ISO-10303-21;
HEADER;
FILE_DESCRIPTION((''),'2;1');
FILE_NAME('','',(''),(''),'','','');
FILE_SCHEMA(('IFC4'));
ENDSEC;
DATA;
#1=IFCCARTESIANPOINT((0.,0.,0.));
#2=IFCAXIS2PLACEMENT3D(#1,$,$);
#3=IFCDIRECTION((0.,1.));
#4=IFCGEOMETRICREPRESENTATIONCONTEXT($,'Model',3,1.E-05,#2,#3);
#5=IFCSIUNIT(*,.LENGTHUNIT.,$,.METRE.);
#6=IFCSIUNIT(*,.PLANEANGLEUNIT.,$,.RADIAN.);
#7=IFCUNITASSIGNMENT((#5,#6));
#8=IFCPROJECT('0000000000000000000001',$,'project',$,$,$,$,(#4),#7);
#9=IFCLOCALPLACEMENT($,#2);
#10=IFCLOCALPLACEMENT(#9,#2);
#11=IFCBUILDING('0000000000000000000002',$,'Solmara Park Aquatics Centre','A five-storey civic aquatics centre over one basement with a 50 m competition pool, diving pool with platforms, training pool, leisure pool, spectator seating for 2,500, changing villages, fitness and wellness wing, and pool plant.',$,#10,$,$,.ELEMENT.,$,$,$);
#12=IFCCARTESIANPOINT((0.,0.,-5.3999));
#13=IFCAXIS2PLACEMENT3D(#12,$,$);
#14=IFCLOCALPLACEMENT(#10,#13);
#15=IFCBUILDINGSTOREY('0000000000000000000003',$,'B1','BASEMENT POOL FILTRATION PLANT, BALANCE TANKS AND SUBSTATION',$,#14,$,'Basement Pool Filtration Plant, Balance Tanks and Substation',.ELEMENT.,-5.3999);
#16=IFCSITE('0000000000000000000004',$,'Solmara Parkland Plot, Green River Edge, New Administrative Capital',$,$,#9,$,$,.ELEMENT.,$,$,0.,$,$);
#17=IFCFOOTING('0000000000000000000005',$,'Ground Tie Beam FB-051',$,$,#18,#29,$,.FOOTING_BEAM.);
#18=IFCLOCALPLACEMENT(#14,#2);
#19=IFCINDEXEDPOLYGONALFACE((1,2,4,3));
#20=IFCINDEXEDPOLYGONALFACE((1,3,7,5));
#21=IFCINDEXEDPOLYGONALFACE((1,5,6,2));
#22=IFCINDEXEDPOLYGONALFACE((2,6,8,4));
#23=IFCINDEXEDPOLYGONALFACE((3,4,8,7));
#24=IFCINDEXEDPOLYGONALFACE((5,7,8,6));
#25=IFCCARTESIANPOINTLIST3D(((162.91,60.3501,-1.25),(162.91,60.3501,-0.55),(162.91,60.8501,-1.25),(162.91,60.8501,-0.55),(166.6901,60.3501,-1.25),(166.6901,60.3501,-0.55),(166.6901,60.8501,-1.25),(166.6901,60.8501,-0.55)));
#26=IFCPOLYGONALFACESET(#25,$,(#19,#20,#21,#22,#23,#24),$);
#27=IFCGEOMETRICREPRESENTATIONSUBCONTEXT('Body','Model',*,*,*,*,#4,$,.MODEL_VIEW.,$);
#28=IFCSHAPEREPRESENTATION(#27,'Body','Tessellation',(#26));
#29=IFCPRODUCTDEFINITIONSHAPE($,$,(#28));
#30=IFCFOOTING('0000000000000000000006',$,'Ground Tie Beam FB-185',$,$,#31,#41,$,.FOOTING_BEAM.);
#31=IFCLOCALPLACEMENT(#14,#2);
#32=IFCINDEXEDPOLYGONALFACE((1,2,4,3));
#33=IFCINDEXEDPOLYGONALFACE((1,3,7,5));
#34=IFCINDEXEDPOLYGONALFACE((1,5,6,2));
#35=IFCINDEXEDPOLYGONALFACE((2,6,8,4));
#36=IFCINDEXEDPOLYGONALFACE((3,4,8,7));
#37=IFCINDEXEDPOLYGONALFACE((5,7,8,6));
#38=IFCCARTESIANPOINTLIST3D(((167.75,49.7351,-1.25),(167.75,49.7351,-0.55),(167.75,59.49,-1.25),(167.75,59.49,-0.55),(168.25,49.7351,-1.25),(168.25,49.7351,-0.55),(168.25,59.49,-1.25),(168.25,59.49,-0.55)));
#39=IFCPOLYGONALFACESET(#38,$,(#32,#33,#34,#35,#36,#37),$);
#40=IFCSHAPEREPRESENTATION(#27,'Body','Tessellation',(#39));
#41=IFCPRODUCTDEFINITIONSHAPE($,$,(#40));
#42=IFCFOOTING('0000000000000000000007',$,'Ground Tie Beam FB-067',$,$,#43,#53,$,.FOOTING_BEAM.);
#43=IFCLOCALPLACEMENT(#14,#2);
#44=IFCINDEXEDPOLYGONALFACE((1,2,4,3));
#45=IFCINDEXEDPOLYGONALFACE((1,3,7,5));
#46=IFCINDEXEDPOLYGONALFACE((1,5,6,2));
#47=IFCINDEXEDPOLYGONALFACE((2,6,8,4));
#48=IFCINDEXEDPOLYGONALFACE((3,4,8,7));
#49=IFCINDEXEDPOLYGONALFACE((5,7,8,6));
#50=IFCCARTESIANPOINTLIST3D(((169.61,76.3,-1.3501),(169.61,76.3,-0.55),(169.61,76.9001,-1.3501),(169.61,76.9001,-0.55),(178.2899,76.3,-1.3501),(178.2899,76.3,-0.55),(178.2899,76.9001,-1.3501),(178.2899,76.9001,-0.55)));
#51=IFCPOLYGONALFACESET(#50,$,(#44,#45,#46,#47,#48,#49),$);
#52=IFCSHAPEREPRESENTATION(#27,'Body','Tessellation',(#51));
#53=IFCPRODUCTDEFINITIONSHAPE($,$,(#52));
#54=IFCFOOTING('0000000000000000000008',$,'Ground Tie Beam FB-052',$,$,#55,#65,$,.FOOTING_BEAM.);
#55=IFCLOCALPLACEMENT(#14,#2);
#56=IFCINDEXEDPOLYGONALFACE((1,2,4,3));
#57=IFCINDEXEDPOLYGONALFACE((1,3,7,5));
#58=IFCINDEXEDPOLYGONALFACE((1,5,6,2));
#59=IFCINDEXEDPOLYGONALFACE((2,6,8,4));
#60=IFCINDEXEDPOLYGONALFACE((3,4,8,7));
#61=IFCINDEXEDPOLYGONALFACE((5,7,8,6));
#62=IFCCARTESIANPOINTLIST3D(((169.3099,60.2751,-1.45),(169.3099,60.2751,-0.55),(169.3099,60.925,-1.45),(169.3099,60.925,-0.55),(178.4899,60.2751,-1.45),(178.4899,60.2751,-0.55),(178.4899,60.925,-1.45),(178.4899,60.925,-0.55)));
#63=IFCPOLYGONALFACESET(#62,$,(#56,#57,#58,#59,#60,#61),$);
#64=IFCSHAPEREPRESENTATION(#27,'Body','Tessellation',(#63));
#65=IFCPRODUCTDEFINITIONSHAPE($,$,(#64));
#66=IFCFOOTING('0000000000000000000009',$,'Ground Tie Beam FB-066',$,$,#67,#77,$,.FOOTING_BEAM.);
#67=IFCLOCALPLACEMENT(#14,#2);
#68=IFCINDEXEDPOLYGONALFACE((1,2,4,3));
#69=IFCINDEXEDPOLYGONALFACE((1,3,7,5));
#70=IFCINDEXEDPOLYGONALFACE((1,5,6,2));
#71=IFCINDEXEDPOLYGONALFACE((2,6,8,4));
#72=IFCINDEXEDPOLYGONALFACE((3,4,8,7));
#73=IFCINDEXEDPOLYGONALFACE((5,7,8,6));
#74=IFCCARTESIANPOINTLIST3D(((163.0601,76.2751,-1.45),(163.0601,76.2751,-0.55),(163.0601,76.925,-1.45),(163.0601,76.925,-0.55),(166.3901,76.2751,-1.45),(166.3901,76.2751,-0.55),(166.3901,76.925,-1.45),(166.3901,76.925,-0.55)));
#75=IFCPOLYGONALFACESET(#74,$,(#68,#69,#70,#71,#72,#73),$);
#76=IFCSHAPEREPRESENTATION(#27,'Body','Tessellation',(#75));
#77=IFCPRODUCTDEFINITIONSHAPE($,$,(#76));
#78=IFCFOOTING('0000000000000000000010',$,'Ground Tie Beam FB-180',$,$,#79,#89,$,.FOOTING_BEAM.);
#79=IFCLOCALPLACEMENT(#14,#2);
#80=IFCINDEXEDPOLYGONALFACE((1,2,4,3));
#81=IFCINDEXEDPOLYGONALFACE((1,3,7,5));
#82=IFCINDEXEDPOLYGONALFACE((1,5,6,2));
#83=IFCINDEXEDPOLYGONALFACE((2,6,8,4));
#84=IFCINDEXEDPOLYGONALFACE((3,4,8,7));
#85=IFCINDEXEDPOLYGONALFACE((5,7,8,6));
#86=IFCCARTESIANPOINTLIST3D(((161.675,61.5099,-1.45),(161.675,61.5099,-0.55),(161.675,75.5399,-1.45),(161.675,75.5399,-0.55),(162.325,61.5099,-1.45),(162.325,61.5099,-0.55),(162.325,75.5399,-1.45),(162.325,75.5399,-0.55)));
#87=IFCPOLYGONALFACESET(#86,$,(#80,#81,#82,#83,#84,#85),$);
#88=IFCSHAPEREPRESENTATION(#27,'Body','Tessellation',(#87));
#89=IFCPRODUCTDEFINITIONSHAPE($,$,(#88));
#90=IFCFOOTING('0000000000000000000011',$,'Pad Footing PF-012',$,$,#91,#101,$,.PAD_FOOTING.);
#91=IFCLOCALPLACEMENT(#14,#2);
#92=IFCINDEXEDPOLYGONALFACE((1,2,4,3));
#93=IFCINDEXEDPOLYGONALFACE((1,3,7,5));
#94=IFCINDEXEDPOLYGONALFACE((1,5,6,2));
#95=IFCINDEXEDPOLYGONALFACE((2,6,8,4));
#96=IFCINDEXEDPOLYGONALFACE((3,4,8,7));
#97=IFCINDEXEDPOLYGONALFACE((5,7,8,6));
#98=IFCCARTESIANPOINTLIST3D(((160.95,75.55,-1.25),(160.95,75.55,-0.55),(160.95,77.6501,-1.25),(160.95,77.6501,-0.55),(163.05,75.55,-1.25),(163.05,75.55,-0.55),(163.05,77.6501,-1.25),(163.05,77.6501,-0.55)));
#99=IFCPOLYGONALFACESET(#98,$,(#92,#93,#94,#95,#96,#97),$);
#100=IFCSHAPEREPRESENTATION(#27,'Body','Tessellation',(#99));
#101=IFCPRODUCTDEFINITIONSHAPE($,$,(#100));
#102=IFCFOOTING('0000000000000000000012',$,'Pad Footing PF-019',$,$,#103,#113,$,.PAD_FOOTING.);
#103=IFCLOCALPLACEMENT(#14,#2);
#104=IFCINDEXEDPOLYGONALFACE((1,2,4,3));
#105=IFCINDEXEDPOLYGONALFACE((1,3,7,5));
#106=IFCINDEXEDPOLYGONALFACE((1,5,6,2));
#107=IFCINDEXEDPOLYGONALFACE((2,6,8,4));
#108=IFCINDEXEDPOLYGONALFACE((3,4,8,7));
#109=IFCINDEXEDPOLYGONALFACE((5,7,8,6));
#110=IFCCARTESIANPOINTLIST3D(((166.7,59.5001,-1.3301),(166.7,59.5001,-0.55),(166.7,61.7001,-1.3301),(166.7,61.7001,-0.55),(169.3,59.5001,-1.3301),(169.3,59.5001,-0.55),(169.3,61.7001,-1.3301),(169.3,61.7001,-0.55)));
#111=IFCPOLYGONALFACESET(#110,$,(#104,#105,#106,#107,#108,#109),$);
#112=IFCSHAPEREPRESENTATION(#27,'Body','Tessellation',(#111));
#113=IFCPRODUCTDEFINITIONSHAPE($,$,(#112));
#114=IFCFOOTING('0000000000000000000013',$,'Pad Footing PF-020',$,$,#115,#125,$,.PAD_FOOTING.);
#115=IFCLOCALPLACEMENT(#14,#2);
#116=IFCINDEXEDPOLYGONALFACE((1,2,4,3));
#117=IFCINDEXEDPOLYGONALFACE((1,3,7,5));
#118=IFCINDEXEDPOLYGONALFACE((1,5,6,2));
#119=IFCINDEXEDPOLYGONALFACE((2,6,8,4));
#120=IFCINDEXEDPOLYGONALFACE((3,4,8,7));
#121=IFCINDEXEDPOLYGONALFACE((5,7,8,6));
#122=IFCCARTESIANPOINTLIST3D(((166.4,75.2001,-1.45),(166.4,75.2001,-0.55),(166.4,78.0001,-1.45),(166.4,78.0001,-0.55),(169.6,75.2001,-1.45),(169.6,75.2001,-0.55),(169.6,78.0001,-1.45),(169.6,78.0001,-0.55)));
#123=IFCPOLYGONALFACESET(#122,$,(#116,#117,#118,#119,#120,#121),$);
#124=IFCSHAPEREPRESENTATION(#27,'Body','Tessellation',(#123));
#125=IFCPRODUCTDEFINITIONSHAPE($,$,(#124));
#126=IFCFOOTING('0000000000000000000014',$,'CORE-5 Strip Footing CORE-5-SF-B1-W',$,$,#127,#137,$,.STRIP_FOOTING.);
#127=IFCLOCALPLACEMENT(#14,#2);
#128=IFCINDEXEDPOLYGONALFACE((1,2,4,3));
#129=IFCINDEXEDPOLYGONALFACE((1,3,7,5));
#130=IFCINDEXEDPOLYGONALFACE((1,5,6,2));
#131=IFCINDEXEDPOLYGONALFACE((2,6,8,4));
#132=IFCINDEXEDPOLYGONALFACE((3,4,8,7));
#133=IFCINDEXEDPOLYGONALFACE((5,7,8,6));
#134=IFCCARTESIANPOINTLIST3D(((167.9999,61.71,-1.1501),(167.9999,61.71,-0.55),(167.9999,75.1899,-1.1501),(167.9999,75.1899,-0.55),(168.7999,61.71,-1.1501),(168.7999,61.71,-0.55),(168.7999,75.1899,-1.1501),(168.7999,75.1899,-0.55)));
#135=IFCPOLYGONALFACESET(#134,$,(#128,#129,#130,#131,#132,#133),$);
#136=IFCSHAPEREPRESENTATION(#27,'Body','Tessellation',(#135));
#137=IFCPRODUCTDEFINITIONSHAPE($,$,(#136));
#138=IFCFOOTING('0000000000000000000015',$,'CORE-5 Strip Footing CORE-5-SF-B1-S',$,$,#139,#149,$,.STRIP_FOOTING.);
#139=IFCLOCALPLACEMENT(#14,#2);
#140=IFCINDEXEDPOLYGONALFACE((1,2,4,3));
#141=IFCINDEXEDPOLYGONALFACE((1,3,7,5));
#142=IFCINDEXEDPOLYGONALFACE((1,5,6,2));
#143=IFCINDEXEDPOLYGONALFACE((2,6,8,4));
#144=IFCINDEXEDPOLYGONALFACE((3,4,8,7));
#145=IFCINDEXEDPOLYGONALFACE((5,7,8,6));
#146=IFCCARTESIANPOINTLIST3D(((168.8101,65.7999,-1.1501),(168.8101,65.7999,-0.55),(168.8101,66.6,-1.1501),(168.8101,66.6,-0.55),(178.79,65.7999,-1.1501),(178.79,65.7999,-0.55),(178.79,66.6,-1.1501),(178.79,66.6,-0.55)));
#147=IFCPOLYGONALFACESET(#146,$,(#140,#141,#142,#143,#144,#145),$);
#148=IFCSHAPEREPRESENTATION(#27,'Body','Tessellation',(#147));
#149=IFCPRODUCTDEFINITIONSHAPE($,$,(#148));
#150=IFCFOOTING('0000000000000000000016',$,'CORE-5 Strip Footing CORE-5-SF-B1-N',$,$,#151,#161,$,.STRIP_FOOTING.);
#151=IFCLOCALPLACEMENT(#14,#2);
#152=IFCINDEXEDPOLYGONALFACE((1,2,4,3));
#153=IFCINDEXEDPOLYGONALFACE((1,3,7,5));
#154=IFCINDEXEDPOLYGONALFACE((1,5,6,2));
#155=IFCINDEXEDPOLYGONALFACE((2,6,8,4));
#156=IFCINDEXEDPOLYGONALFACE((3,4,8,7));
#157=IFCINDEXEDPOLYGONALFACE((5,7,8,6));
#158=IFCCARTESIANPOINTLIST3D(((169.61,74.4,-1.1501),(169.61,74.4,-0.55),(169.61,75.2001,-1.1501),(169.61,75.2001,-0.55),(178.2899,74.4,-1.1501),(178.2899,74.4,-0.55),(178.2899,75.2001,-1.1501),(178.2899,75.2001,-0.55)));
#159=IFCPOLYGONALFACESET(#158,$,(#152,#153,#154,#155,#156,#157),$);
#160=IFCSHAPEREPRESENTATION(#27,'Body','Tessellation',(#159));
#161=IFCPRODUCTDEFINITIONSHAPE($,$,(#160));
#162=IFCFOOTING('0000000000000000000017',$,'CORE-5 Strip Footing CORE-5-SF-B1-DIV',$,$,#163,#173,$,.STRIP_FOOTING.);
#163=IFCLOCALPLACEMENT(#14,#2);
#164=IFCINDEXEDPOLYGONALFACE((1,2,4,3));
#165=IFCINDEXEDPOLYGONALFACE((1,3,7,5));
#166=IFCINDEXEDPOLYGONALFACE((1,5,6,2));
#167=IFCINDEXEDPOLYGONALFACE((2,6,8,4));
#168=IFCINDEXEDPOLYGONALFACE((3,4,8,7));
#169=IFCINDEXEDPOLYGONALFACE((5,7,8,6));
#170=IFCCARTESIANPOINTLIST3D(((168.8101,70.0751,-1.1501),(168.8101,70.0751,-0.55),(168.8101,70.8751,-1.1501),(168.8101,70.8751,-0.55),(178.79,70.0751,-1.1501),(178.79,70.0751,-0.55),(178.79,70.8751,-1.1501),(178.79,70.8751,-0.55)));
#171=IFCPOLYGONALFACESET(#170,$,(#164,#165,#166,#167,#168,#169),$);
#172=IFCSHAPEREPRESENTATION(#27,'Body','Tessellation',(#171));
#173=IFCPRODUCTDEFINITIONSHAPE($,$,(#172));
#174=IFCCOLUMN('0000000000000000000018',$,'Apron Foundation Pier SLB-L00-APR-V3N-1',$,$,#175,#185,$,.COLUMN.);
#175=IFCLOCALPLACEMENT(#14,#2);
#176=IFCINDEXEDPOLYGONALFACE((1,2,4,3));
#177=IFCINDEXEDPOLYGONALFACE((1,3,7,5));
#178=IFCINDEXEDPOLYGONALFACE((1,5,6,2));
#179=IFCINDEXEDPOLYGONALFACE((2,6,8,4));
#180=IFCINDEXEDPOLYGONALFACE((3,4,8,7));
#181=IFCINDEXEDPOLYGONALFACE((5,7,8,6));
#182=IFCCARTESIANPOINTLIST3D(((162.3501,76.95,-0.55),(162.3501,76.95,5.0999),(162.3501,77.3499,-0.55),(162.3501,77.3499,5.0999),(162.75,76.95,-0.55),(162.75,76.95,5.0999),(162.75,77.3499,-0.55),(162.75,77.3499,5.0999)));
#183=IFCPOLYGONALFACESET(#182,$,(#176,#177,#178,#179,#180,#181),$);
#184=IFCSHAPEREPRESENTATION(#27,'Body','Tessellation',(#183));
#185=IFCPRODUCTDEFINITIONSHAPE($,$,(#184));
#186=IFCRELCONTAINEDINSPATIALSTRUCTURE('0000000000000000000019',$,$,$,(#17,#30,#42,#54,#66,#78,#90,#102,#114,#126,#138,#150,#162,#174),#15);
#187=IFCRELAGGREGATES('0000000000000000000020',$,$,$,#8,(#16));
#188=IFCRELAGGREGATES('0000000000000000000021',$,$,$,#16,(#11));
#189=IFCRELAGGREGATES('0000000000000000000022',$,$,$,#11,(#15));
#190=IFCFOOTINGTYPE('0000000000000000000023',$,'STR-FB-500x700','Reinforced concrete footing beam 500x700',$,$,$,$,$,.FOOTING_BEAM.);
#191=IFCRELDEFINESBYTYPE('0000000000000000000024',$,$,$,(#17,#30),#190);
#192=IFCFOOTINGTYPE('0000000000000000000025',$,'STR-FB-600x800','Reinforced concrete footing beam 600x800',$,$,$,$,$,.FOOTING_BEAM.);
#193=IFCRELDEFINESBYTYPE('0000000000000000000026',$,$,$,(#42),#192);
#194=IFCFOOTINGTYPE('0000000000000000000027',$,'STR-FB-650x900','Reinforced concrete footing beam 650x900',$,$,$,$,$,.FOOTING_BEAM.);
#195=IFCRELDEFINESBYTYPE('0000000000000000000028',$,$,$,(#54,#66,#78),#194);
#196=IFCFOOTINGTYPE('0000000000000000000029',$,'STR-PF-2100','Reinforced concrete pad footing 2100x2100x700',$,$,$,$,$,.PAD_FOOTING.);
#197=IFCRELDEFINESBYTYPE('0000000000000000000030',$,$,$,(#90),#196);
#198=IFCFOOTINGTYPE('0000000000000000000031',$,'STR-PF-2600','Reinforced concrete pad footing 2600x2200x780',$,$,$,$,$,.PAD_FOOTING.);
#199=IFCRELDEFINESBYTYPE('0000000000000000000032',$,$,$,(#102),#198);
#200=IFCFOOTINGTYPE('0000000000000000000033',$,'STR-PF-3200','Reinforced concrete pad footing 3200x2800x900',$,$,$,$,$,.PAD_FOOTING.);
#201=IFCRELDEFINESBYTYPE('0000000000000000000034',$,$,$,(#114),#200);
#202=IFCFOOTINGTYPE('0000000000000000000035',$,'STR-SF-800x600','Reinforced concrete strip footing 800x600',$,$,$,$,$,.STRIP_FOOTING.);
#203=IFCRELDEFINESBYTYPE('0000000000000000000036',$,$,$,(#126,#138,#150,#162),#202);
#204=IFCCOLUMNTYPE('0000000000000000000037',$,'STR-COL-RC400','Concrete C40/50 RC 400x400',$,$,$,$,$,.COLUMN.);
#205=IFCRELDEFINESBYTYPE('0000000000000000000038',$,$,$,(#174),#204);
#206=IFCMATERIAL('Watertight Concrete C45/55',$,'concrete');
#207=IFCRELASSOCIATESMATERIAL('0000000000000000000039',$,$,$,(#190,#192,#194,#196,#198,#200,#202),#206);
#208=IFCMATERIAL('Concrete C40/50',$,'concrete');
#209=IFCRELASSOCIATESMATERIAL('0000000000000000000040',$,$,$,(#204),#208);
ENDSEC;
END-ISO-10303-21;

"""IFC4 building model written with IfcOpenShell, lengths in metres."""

from ifc_helpers import new_model, si_unit, direction, frame, origin, origin_2d, place, context, subcontext, project, spatial, rectangle, extrude, material, material_profile, profile_set, type_object, element, save


model = new_model("IFC4")

# Units and contexts
model_context = context("Model", 3, precision=1e-05, world=origin(), true_north=direction((0.0, 1.0)))
body_context = subcontext(model_context, "Body", "Model", "MODEL_VIEW")
ifc_project = project(units=[si_unit("LENGTHUNIT", "METRE"), si_unit("PLANEANGLEUNIT", "RADIAN")], contexts=[model_context])

# Site, building, storey
site_placement = place(None, origin())
site = spatial("IfcSite", under=ifc_project, at=site_placement, Name="Solmara Parkland Plot, Green River Edge, New Administrative Capital", CompositionType="ELEMENT", RefElevation=0.0)
building_placement = place(site_placement, origin())
building = spatial("IfcBuilding", under=site, at=building_placement, Name="Solmara Park Aquatics Centre", Description="A five-storey civic aquatics centre over one basement with a 50 m competition pool, diving pool with platforms, training pool, leisure pool, spectator seating for 2,500, changing villages, fitness and wellness wing, and pool plant.", CompositionType="ELEMENT")
storey_placement = place(building_placement, frame((0.0, 0.0, -5.3999)))
storey = spatial("IfcBuildingStorey", under=building, at=storey_placement, Name="B1", Description="BASEMENT POOL FILTRATION PLANT, BALANCE TANKS AND SUBSTATION", LongName="Basement Pool Filtration Plant, Balance Tanks and Substation", CompositionType="ELEMENT", Elevation=-5.3999)

# Footings
ifc_material_1 = material(Name="Watertight Concrete C45/55", Category="concrete")
footing_type_1 = type_object("IfcFootingType", Name="STR-FB-500x700", Description="Reinforced concrete footing beam 500x700", PredefinedType="FOOTING_BEAM", material=ifc_material_1)
footing_1_placement = place(storey_placement, frame((164.8, 60.6001, -1.25), z_axis=(0.0, 0.0, 1.0), x_axis=(1.0, 0.0, 0.0)))
element("IfcFooting", 1, at=footing_1_placement, inside=storey, type_object=footing_type_1, Name="Ground Tie Beam FB-051", PredefinedType="FOOTING_BEAM", context=body_context, shape_type="SweptSolid", body=[
    extrude(rectangle(XDim=3.78, YDim=0.5, at=origin_2d()), origin(), (0.0, 0.0, 1.0), 0.7),
])
footing_2_placement = place(storey_placement, frame((168.0, 54.6125, -1.25), z_axis=(0.0, 0.0, 1.0), x_axis=(1.0, 0.0, 0.0)))
element("IfcFooting", 2, at=footing_2_placement, inside=storey, type_object=footing_type_1, Name="Ground Tie Beam FB-185", PredefinedType="FOOTING_BEAM", context=body_context, shape_type="SweptSolid", body=[
    extrude(rectangle(XDim=0.5, YDim=9.7549, at=origin_2d()), origin(), (0.0, 0.0, 1.0), 0.7),
])
footing_type_2 = type_object("IfcFootingType", Name="STR-FB-600x800", Description="Reinforced concrete footing beam 600x800", PredefinedType="FOOTING_BEAM", material=ifc_material_1)
footing_3_placement = place(storey_placement, frame((173.95, 76.6001, -1.3501), z_axis=(0.0, 0.0, 1.0), x_axis=(1.0, 0.0, 0.0)))
element("IfcFooting", 3, at=footing_3_placement, inside=storey, type_object=footing_type_2, Name="Ground Tie Beam FB-067", PredefinedType="FOOTING_BEAM", context=body_context, shape_type="SweptSolid", body=[
    extrude(rectangle(XDim=8.6799, YDim=0.6001, at=origin_2d()), origin(), (0.0, 0.0, 1.0), 0.8),
])
footing_type_3 = type_object("IfcFootingType", Name="STR-FB-650x900", Description="Reinforced concrete footing beam 650x900", PredefinedType="FOOTING_BEAM", material=ifc_material_1)
footing_4_placement = place(storey_placement, frame((173.8999, 60.6001, -1.45), z_axis=(0.0, 0.0, 1.0), x_axis=(1.0, 0.0, 0.0)))
element("IfcFooting", 4, at=footing_4_placement, inside=storey, type_object=footing_type_3, Name="Ground Tie Beam FB-052", PredefinedType="FOOTING_BEAM", context=body_context, shape_type="SweptSolid", body=[
    extrude(rectangle(XDim=9.1799, YDim=0.6499, at=origin_2d()), origin(), (0.0, 0.0, 1.0), 0.8999),
])
footing_5_placement = place(storey_placement, frame((164.7251, 76.6001, -1.45), z_axis=(0.0, 0.0, 1.0), x_axis=(1.0, 0.0, 0.0)))
element("IfcFooting", 5, at=footing_5_placement, inside=storey, type_object=footing_type_3, Name="Ground Tie Beam FB-066", PredefinedType="FOOTING_BEAM", context=body_context, shape_type="SweptSolid", body=[
    extrude(rectangle(XDim=3.3301, YDim=0.6499, at=origin_2d()), origin(), (0.0, 0.0, 1.0), 0.8999),
])
footing_6_placement = place(storey_placement, frame((162.0, 68.5249, -1.45), z_axis=(0.0, 0.0, 1.0), x_axis=(1.0, 0.0, 0.0)))
element("IfcFooting", 6, at=footing_6_placement, inside=storey, type_object=footing_type_3, Name="Ground Tie Beam FB-180", PredefinedType="FOOTING_BEAM", context=body_context, shape_type="SweptSolid", body=[
    extrude(rectangle(XDim=0.6499, YDim=14.03, at=origin_2d()), origin(), (0.0, 0.0, 1.0), 0.8999),
])
footing_type_4 = type_object("IfcFootingType", Name="STR-PF-2100", Description="Reinforced concrete pad footing 2100x2100x700", PredefinedType="PAD_FOOTING", material=ifc_material_1)
footing_7_placement = place(storey_placement, frame((162.0, 76.6001, -1.25), z_axis=(0.0, 0.0, 1.0), x_axis=(1.0, 0.0, 0.0)))
element("IfcFooting", 7, at=footing_7_placement, inside=storey, type_object=footing_type_4, Name="Pad Footing PF-012", PredefinedType="PAD_FOOTING", context=body_context, shape_type="SweptSolid", body=[
    extrude(rectangle(XDim=2.1001, YDim=2.1001, at=origin_2d()), origin(), (0.0, 0.0, 1.0), 0.7),
])
footing_type_5 = type_object("IfcFootingType", Name="STR-PF-2600", Description="Reinforced concrete pad footing 2600x2200x780", PredefinedType="PAD_FOOTING", material=ifc_material_1)
footing_8_placement = place(storey_placement, frame((168.0, 60.6001, -1.3301), z_axis=(0.0, 0.0, 1.0), x_axis=(1.0, 0.0, 0.0)))
element("IfcFooting", 8, at=footing_8_placement, inside=storey, type_object=footing_type_5, Name="Pad Footing PF-019", PredefinedType="PAD_FOOTING", context=body_context, shape_type="SweptSolid", body=[
    extrude(rectangle(XDim=2.6001, YDim=2.2, at=origin_2d()), origin(), (0.0, 0.0, 1.0), 0.78),
])
footing_type_6 = type_object("IfcFootingType", Name="STR-PF-3200", Description="Reinforced concrete pad footing 3200x2800x900", PredefinedType="PAD_FOOTING", material=ifc_material_1)
footing_9_placement = place(storey_placement, frame((168.0, 76.6001, -1.45), z_axis=(0.0, 0.0, 1.0), x_axis=(1.0, 0.0, 0.0)))
element("IfcFooting", 9, at=footing_9_placement, inside=storey, type_object=footing_type_6, Name="Pad Footing PF-020", PredefinedType="PAD_FOOTING", context=body_context, shape_type="SweptSolid", body=[
    extrude(rectangle(XDim=3.2, YDim=2.8, at=origin_2d()), origin(), (0.0, 0.0, 1.0), 0.8999),
])
footing_type_7 = type_object("IfcFootingType", Name="STR-SF-800x600", Description="Reinforced concrete strip footing 800x600", PredefinedType="STRIP_FOOTING", material=ifc_material_1)
footing_10_placement = place(storey_placement, frame((168.3999, 68.45, -1.1501), z_axis=(0.0, 0.0, 1.0), x_axis=(1.0, 0.0, 0.0)))
element("IfcFooting", 10, at=footing_10_placement, inside=storey, type_object=footing_type_7, Name="CORE-5 Strip Footing CORE-5-SF-B1-W", PredefinedType="STRIP_FOOTING", context=body_context, shape_type="SweptSolid", body=[
    extrude(rectangle(XDim=0.8, YDim=13.48, at=origin_2d()), origin(), (0.0, 0.0, 1.0), 0.6001),
])
footing_11_placement = place(storey_placement, frame((173.8, 66.2, -1.1501), z_axis=(0.0, 0.0, 1.0), x_axis=(1.0, 0.0, 0.0)))
element("IfcFooting", 11, at=footing_11_placement, inside=storey, type_object=footing_type_7, Name="CORE-5 Strip Footing CORE-5-SF-B1-S", PredefinedType="STRIP_FOOTING", context=body_context, shape_type="SweptSolid", body=[
    extrude(rectangle(XDim=9.98, YDim=0.8, at=origin_2d()), origin(), (0.0, 0.0, 1.0), 0.6001),
])
footing_12_placement = place(storey_placement, frame((173.95, 74.8, -1.1501), z_axis=(0.0, 0.0, 1.0), x_axis=(1.0, 0.0, 0.0)))
element("IfcFooting", 12, at=footing_12_placement, inside=storey, type_object=footing_type_7, Name="CORE-5 Strip Footing CORE-5-SF-B1-N", PredefinedType="STRIP_FOOTING", context=body_context, shape_type="SweptSolid", body=[
    extrude(rectangle(XDim=8.6799, YDim=0.8, at=origin_2d()), origin(), (0.0, 0.0, 1.0), 0.6001),
])
footing_13_placement = place(storey_placement, frame((173.8, 70.4751, -1.1501), z_axis=(0.0, 0.0, 1.0), x_axis=(1.0, 0.0, 0.0)))
element("IfcFooting", 13, at=footing_13_placement, inside=storey, type_object=footing_type_7, Name="CORE-5 Strip Footing CORE-5-SF-B1-DIV", PredefinedType="STRIP_FOOTING", context=body_context, shape_type="SweptSolid", body=[
    extrude(rectangle(XDim=9.98, YDim=0.8, at=origin_2d()), origin(), (0.0, 0.0, 1.0), 0.6001),
])

# Column
ifc_material_2 = material(Name="Concrete C40/50", Category="concrete")
ifc_material_profile_1 = material_profile(ifc_material_2, rectangle(XDim=0.3999, YDim=0.3999, at=origin_2d()), Name="RC 400x400")
ifc_profile_set_1 = profile_set([ifc_material_profile_1], Name="Concrete C40/50")
column_type_1 = type_object("IfcColumnType", Name="STR-COL-RC400", Description="Concrete C40/50 RC 400x400", PredefinedType="COLUMN", material=ifc_profile_set_1)
column_placement = place(storey_placement, frame((162.55, 77.1499, -0.55), z_axis=(0.0, 0.0, 1.0), x_axis=(1.0, 0.0, 0.0)))
element("IfcColumn", 14, at=column_placement, inside=storey, type_object=column_type_1, Name="Apron Foundation Pier SLB-L00-APR-V3N-1", PredefinedType="COLUMN", context=body_context, shape_type="SweptSolid", body=[
    extrude(rectangle(XDim=0.3999, YDim=0.3999, at=origin_2d()), origin(), (0.0, 0.0, 1.0), 5.6499),
])

save(model, "model.ifc")
